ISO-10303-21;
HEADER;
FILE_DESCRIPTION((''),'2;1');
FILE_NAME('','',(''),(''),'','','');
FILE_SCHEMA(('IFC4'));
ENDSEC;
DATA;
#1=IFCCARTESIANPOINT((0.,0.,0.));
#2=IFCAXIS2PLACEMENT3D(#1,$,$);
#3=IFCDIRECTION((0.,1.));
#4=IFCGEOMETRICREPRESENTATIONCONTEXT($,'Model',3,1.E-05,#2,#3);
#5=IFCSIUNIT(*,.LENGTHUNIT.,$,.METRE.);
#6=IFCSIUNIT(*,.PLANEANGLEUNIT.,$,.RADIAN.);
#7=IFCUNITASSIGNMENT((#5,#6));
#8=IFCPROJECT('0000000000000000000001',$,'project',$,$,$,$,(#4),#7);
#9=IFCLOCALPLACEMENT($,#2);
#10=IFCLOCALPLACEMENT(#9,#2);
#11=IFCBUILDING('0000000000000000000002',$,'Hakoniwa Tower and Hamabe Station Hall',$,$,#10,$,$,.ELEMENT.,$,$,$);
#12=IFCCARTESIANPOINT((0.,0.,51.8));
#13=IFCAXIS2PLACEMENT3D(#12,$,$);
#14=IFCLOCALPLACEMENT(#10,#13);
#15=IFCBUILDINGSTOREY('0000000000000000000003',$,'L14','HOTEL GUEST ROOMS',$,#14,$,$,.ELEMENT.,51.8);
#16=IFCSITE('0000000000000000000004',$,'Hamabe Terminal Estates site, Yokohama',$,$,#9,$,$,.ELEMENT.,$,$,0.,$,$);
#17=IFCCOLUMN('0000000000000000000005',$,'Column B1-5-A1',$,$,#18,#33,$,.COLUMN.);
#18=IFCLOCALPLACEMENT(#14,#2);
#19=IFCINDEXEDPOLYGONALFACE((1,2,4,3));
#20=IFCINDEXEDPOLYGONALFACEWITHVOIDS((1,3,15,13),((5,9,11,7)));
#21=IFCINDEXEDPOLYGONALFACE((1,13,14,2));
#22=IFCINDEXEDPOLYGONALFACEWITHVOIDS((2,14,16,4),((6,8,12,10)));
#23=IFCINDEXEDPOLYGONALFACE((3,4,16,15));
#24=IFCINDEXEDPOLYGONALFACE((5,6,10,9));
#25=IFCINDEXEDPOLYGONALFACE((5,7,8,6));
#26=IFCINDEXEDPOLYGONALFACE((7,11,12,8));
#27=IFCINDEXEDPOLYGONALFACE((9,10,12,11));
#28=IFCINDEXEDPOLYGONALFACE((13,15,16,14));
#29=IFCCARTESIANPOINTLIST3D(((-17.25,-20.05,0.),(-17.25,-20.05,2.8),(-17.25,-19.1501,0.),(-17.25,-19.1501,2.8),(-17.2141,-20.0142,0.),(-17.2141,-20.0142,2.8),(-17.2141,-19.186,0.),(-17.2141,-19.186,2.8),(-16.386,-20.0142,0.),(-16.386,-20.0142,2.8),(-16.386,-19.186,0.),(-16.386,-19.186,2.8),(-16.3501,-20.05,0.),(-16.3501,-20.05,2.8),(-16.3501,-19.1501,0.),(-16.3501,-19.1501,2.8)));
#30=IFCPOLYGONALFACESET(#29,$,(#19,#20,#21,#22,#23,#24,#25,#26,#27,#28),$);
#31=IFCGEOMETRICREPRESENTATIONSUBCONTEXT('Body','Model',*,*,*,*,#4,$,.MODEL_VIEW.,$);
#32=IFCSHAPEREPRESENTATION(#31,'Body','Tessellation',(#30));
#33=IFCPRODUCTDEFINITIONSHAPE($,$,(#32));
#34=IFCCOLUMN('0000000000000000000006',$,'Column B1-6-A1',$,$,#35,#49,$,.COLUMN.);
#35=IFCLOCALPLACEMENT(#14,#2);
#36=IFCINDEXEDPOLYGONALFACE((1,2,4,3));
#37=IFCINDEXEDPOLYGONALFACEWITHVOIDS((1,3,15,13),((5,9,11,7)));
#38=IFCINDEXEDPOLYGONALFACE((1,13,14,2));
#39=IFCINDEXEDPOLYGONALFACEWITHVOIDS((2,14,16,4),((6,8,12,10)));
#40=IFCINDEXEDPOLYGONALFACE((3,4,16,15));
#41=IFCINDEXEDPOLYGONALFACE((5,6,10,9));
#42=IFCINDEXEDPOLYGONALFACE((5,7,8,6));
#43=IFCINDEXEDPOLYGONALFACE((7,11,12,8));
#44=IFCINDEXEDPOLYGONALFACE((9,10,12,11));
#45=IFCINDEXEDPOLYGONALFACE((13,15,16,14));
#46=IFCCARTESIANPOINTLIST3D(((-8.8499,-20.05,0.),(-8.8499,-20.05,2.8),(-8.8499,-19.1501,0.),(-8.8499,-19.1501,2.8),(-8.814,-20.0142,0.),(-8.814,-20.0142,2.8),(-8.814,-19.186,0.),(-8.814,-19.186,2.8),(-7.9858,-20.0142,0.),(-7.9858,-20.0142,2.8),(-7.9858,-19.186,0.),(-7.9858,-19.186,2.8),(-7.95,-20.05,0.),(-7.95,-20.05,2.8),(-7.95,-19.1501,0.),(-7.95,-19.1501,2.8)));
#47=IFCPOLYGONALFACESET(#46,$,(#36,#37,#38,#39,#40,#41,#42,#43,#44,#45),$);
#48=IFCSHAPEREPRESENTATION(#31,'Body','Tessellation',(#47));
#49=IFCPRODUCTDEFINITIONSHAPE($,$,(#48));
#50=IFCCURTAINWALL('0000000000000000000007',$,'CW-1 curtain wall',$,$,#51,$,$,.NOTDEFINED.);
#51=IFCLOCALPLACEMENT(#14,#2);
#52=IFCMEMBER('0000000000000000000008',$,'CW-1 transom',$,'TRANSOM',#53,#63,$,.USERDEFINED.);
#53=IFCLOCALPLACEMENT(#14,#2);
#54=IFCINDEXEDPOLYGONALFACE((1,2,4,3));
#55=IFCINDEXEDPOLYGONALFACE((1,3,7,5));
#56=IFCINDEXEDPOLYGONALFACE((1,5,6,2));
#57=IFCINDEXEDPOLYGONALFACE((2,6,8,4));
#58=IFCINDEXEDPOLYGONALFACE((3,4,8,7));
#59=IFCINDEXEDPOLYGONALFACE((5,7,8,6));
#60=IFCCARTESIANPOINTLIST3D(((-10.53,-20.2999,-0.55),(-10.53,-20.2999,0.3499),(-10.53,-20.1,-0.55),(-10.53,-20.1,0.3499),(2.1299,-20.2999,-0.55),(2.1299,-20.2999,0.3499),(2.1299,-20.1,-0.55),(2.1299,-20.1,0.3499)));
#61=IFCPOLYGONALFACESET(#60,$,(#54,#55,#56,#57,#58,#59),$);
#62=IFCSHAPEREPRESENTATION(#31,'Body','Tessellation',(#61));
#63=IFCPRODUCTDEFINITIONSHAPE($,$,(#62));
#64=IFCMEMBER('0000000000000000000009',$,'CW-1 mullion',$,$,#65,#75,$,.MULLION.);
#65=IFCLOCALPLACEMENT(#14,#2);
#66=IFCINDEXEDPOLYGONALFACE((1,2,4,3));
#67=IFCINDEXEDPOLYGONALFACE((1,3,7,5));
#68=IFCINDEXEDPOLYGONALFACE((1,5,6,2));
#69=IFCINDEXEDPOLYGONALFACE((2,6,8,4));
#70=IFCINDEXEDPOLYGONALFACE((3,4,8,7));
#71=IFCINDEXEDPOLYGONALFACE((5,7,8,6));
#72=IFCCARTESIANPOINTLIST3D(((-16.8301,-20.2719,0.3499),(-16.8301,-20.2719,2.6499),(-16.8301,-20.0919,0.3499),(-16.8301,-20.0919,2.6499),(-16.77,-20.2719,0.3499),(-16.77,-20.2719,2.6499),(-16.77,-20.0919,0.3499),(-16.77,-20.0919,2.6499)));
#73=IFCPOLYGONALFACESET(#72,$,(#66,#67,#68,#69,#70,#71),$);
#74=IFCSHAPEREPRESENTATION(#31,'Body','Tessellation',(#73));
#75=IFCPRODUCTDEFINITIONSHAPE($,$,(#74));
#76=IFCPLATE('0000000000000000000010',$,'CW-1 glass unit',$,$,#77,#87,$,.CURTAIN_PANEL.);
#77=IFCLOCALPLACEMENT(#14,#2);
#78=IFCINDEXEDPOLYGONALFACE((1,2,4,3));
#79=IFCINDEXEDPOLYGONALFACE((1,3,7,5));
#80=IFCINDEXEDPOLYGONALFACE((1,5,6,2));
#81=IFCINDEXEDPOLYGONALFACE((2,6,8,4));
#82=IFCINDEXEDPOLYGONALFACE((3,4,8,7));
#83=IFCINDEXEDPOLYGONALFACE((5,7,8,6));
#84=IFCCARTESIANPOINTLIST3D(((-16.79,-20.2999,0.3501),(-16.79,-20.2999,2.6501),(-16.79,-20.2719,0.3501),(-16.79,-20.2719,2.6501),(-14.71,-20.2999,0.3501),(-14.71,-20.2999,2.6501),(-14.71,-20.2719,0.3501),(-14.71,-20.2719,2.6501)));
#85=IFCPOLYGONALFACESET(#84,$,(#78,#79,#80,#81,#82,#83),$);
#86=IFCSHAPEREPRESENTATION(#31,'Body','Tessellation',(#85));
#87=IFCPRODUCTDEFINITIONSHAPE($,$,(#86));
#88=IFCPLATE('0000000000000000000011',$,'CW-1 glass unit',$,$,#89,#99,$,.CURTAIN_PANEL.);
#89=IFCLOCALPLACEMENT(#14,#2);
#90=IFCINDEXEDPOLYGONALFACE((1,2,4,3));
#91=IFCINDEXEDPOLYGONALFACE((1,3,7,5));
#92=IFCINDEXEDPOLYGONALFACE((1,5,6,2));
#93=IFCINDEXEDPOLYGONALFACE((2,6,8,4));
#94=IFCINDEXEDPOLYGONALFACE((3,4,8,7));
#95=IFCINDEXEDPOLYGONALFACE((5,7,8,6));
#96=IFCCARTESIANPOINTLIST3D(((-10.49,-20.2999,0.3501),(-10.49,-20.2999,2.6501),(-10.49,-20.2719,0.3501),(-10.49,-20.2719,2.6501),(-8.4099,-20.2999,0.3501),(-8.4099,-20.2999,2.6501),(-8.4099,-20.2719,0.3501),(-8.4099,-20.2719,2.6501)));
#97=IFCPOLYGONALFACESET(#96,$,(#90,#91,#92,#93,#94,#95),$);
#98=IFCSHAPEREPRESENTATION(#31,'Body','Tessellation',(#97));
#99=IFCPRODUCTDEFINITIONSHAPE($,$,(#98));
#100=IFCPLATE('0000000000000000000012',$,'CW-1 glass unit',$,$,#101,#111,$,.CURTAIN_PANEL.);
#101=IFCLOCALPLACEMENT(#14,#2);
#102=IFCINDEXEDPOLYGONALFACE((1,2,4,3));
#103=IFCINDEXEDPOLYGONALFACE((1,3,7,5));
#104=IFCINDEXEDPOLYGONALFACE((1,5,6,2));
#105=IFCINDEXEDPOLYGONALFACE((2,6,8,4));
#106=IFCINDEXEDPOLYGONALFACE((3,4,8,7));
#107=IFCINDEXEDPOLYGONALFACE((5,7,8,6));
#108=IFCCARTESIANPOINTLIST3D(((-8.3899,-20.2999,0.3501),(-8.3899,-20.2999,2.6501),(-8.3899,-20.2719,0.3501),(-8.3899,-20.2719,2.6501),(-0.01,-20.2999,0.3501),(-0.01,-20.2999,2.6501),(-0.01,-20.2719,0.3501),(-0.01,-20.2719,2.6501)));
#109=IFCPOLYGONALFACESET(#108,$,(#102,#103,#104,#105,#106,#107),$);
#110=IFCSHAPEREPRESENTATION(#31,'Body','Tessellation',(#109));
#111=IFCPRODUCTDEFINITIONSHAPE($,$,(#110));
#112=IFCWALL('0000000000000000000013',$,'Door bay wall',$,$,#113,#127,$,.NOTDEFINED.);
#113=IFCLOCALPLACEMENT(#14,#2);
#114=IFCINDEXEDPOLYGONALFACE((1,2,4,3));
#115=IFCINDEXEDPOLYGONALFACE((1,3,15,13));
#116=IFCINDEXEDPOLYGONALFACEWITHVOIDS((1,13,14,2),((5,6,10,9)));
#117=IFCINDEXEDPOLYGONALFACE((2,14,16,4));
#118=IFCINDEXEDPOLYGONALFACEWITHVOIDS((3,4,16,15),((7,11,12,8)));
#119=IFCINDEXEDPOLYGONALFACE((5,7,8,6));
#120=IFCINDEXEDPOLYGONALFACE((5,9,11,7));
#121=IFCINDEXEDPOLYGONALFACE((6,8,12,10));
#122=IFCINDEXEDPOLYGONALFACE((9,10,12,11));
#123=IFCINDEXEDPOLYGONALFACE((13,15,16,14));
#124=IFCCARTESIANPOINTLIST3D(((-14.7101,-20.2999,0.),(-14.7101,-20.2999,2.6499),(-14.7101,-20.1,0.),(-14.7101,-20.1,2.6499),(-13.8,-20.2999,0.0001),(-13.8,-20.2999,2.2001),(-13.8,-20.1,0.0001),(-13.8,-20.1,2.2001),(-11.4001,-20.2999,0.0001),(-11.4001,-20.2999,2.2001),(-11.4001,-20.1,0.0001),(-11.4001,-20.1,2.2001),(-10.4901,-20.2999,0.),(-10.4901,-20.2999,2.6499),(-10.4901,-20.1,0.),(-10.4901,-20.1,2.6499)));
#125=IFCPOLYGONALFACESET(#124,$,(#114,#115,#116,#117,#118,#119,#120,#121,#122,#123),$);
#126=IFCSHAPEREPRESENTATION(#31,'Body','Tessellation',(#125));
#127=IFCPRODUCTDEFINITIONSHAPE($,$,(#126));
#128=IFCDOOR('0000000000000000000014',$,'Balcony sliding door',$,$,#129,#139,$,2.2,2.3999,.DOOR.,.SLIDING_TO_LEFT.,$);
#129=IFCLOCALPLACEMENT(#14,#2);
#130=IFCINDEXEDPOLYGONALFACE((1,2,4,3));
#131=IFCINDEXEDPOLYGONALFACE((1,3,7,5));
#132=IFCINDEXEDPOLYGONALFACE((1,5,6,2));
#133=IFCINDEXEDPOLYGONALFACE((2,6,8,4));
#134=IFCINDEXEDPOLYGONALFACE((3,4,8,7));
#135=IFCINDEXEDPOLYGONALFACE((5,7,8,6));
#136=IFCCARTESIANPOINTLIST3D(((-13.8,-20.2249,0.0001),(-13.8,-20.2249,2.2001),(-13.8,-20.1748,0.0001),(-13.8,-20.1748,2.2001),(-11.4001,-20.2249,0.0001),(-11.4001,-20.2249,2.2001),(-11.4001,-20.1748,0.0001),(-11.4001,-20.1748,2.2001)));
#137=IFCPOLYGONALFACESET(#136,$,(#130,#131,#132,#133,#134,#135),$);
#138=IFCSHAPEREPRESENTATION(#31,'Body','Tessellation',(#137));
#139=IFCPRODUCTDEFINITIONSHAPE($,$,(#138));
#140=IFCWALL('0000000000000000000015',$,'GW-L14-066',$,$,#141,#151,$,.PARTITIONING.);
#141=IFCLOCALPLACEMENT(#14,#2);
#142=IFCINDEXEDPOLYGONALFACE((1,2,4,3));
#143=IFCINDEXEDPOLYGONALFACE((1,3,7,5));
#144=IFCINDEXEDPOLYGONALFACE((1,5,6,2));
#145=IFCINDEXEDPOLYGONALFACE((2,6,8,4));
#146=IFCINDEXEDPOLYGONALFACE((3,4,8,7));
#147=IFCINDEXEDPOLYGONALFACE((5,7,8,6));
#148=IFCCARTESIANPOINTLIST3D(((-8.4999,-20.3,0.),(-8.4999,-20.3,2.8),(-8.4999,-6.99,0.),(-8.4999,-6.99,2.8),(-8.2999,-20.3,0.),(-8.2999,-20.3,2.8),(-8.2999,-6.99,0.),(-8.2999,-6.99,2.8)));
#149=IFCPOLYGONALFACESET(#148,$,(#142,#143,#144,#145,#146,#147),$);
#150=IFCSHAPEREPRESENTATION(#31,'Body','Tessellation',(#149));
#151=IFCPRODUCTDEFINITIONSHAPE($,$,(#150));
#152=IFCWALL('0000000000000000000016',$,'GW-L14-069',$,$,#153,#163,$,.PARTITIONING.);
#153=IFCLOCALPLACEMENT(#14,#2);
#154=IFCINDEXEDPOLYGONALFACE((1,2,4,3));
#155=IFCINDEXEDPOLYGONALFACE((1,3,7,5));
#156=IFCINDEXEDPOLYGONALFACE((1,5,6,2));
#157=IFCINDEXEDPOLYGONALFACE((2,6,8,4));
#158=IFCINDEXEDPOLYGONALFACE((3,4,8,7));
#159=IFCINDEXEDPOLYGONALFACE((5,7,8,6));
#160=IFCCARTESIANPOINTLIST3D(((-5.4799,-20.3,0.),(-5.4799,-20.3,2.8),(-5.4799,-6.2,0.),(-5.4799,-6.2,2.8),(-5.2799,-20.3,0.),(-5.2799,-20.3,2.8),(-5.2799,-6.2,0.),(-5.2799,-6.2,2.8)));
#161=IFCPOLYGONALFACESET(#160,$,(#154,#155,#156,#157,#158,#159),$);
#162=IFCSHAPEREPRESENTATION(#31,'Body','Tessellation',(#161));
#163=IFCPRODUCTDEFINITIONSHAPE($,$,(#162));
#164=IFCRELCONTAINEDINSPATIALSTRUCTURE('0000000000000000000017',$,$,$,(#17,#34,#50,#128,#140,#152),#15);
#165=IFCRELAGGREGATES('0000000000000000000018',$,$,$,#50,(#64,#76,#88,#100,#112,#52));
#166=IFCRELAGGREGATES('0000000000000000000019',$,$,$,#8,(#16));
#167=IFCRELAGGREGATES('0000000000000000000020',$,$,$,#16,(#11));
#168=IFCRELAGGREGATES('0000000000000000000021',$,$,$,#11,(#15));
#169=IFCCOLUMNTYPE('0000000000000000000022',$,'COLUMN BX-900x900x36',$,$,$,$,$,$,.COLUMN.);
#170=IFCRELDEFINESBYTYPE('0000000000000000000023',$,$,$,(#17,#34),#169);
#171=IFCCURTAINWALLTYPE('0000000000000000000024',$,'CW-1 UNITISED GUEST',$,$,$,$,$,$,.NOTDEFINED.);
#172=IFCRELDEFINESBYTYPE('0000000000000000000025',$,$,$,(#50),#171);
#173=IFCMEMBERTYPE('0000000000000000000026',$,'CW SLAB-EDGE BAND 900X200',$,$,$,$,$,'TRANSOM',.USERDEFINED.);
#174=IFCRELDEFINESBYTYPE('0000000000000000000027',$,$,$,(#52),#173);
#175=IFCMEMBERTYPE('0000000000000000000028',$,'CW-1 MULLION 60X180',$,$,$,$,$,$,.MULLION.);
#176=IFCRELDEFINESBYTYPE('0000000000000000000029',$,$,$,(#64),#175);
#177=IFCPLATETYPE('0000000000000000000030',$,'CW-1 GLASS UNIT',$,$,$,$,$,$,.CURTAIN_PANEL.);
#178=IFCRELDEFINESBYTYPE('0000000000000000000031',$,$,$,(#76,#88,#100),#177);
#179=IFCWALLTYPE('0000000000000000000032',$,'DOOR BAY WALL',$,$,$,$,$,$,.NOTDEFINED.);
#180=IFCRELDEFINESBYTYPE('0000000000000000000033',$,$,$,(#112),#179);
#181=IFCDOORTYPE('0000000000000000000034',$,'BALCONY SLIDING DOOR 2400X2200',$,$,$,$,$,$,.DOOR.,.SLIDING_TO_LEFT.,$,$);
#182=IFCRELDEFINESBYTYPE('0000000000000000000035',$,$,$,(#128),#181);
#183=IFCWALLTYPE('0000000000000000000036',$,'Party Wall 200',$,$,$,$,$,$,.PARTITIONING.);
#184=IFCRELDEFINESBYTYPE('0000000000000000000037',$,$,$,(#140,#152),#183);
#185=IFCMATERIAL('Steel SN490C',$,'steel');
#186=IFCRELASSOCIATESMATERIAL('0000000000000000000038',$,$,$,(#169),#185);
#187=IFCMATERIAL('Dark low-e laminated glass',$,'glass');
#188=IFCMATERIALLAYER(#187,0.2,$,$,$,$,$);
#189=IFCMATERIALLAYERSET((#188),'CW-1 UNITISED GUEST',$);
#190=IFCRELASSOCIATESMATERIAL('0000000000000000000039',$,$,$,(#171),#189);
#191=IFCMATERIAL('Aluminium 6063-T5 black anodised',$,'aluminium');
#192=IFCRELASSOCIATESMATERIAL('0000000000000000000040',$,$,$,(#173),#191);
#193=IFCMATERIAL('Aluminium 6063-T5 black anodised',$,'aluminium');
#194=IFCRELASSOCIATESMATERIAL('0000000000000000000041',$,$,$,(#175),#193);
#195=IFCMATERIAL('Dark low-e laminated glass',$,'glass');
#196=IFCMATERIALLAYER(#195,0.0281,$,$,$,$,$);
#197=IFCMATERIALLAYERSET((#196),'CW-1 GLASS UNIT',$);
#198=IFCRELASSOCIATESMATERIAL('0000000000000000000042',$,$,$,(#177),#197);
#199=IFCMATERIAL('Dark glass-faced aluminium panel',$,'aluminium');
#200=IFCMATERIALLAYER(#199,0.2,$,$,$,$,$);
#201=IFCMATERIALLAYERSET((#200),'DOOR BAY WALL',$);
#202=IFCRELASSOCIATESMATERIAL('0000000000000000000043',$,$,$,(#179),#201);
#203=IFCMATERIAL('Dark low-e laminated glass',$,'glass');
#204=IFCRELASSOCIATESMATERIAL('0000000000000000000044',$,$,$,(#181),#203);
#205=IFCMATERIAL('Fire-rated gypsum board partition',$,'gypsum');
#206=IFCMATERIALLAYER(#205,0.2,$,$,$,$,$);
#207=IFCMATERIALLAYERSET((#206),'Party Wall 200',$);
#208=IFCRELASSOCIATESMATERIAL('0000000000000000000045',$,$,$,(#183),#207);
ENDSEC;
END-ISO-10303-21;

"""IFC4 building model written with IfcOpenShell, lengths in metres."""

from ifc_helpers import new_model, si_unit, direction, frame, frame_2d, origin, origin_2d, place, context, subcontext, project, spatial, rectangle, hollow_rectangle, extrude, material, layer, layer_set, material_profile, profile_set, type_object, element, fill, aggregate, save


model = new_model("IFC4")

# Units and contexts
model_context = context("Model", 3, precision=1e-05, world=origin(), true_north=direction((0.0, 1.0)))
body_context = subcontext(model_context, "Body", "Model", "MODEL_VIEW")
ifc_project = project(units=[si_unit("LENGTHUNIT", "METRE"), si_unit("PLANEANGLEUNIT", "RADIAN")], contexts=[model_context])

# Site, building, storey
site_placement = place(None, origin())
site = spatial("IfcSite", under=ifc_project, at=site_placement, Name="Hamabe Terminal Estates site, Yokohama", CompositionType="ELEMENT", RefElevation=0.0)
building_placement = place(site_placement, origin())
building = spatial("IfcBuilding", under=site, at=building_placement, Name="Hakoniwa Tower and Hamabe Station Hall", CompositionType="ELEMENT")
storey_placement = place(building_placement, frame((0.0, 0.0, 51.8)))
storey = spatial("IfcBuildingStorey", under=building, at=storey_placement, Name="L14", Description="HOTEL GUEST ROOMS", CompositionType="ELEMENT", Elevation=51.8)

# Columns
ifc_material_1 = material(Name="Steel SN490C", Category="steel")
ifc_material_profile_1 = material_profile(ifc_material_1, hollow_rectangle(XDim=0.8999, YDim=0.8999, WallThickness=0.0359, at=origin_2d()), Name="BX-900x900x36")
ifc_profile_set_1 = profile_set([ifc_material_profile_1], Name="Steel SN490C")
column_type = type_object("IfcColumnType", Name="COLUMN BX-900x900x36", PredefinedType="COLUMN", material=ifc_profile_set_1)
for number, where, z_axis, x_axis, name in (
    (1, (-16.8, -19.6001, 0.0), (0.0, 0.0, 1.0), (1.0, 0.0, 0.0), "Column B1-5-A1"),
    (2, (-8.3999, -19.6001, 0.0), (0.0, 0.0, 1.0), (1.0, 0.0, 0.0), "Column B1-6-A1"),
):
    element("IfcColumn", number, at=place(storey_placement, frame(where, z_axis=z_axis, x_axis=x_axis)), inside=storey, type_object=column_type, Name=name, PredefinedType="COLUMN", context=body_context, shape_type="SweptSolid", body=[
        extrude(hollow_rectangle(XDim=0.8999, YDim=0.8999, WallThickness=0.0359, at=origin_2d()), origin(), (0.0, 0.0, 1.0), 2.8),
    ])

# Curtain wall, members, plates, wall, opening, door
ifc_material_2 = material(Name="Dark low-e laminated glass", Category="glass")
ifc_layer_1 = layer(ifc_material_2, 0.2)
ifc_layer_set_1 = layer_set([ifc_layer_1], Name="CW-1 UNITISED GUEST")
curtain_wall_type = type_object("IfcCurtainWallType", Name="CW-1 UNITISED GUEST", PredefinedType="NOTDEFINED", material=ifc_layer_set_1)
curtain_wall_placement = place(storey_placement, origin())
curtain_wall = element("IfcCurtainWall", 3, at=curtain_wall_placement, inside=storey, type_object=curtain_wall_type, Name="CW-1 curtain wall", PredefinedType="NOTDEFINED")
ifc_material_3 = material(Name="Aluminium 6063-T5 black anodised", Category="aluminium")
ifc_material_profile_2 = material_profile(ifc_material_3, rectangle(XDim=0.2, YDim=0.8999, at=origin_2d()), Name="CW SLAB-EDGE BAND 900X200")
ifc_profile_set_2 = profile_set([ifc_material_profile_2], Name="Aluminium 6063-T5 black anodised")
member_type_1 = type_object("IfcMemberType", Name="CW SLAB-EDGE BAND 900X200", ElementType="TRANSOM", PredefinedType="USERDEFINED", material=ifc_profile_set_2)
member_1_placement = place(storey_placement, frame((-10.53, -20.2, -0.1001), z_axis=(1.0, 0.0, 0.0), x_axis=(0.0, 1.0, 0.0)))
member_1 = element("IfcMember", 4, at=member_1_placement, type_object=member_type_1, Name="CW-1 transom", ObjectType="TRANSOM", PredefinedType="USERDEFINED", context=body_context, shape_type="SweptSolid", body=[
    extrude(rectangle(XDim=0.2, YDim=0.8999, at=origin_2d()), origin(), (0.0, 0.0, 1.0), 12.6599),
])
ifc_material_4 = material(Name="Aluminium 6063-T5 black anodised", Category="aluminium")
ifc_material_profile_3 = material_profile(ifc_material_4, rectangle(XDim=0.0601, YDim=0.1799, at=origin_2d()), Name="CW-1 MULLION 60X180")
ifc_profile_set_3 = profile_set([ifc_material_profile_3], Name="Aluminium 6063-T5 black anodised")
member_type_2 = type_object("IfcMemberType", Name="CW-1 MULLION 60X180", PredefinedType="MULLION", material=ifc_profile_set_3)
member_2_placement = place(storey_placement, frame((-16.8, -20.1819, 0.3499), z_axis=(0.0, 0.0, 1.0), x_axis=(1.0, 0.0, 0.0)))
member_2 = element("IfcMember", 5, at=member_2_placement, type_object=member_type_2, Name="CW-1 mullion", PredefinedType="MULLION", context=body_context, shape_type="SweptSolid", body=[
    extrude(rectangle(XDim=0.0601, YDim=0.1799, at=origin_2d()), origin(), (0.0, 0.0, 1.0), 2.3),
])
ifc_material_5 = material(Name="Dark low-e laminated glass", Category="glass")
ifc_layer_2 = layer(ifc_material_5, 0.0281)
ifc_layer_set_2 = layer_set([ifc_layer_2], Name="CW-1 GLASS UNIT")
plate_type = type_object("IfcPlateType", Name="CW-1 GLASS UNIT", PredefinedType="CURTAIN_PANEL", material=ifc_layer_set_2)
plate_1_placement = place(storey_placement, frame((-15.75, -20.2859, 0.3501), z_axis=(0.0, 0.0, 1.0), x_axis=(1.0, 0.0, 0.0)))
plate_1 = element("IfcPlate", 6, at=plate_1_placement, type_object=plate_type, Name="CW-1 glass unit", PredefinedType="CURTAIN_PANEL", context=body_context, shape_type="SweptSolid", body=[
    extrude(rectangle(XDim=2.0801, YDim=0.0281, at=origin_2d()), origin(), (0.0, 0.0, 1.0), 2.3),
])
plate_2_placement = place(storey_placement, frame((-9.45, -20.2859, 0.3501), z_axis=(0.0, 0.0, 1.0), x_axis=(1.0, 0.0, 0.0)))
plate_2 = element("IfcPlate", 7, at=plate_2_placement, type_object=plate_type, Name="CW-1 glass unit", PredefinedType="CURTAIN_PANEL", context=body_context, shape_type="SweptSolid", body=[
    extrude(rectangle(XDim=2.0801, YDim=0.0281, at=origin_2d()), origin(), (0.0, 0.0, 1.0), 2.3),
])
plate_3_placement = place(storey_placement, frame((-4.2, -20.2859, 0.3501), z_axis=(0.0, 0.0, 1.0), x_axis=(1.0, 0.0, 0.0)))
plate_3 = element("IfcPlate", 8, at=plate_3_placement, type_object=plate_type, Name="CW-1 glass unit", PredefinedType="CURTAIN_PANEL", context=body_context, shape_type="SweptSolid", body=[
    extrude(rectangle(XDim=8.3799, YDim=0.0281, at=origin_2d()), origin(), (0.0, 0.0, 1.0), 2.3),
])
ifc_material_6 = material(Name="Dark glass-faced aluminium panel", Category="aluminium")
ifc_layer_3 = layer(ifc_material_6, 0.2)
ifc_layer_set_3 = layer_set([ifc_layer_3], Name="DOOR BAY WALL")
wall_type_1 = type_object("IfcWallType", Name="DOOR BAY WALL", PredefinedType="NOTDEFINED", material=ifc_layer_set_3)
wall_1_placement = place(storey_placement, frame((-14.71, -20.2, 0.0), z_axis=(0.0, 0.0, 1.0), x_axis=(1.0, 0.0, 0.0)))
wall_1 = element("IfcWall", 9, at=wall_1_placement, type_object=wall_type_1, Name="Door bay wall", PredefinedType="NOTDEFINED", context=body_context, shape_type="SweptSolid", body=[
    extrude(rectangle(XDim=4.22, YDim=0.2, at=frame_2d((2.1099, 0.0))), origin(), (0.0, 0.0, 1.0), 2.6499),
])
opening_placement = place(wall_1_placement, frame((0.9099, 0.0, 0.0)))
opening = element("IfcOpeningElement", 10, at=opening_placement, cuts=wall_1, PredefinedType="OPENING", context=body_context, shape_type="SweptSolid", body=[
    extrude(rectangle(XDim=2.3999, YDim=2.2, at=frame_2d((1.2, 1.1001))), frame((0.0, 0.1099, 0.0), z_axis=(0.0, -1.0, 0.0), x_axis=(1.0, 0.0, 0.0)), (0.0, 0.0, 1.0), 0.22),
])
ifc_material_7 = material(Name="Dark low-e laminated glass", Category="glass")
door_type = type_object("IfcDoorType", Name="BALCONY SLIDING DOOR 2400X2200", OperationType="SLIDING_TO_LEFT", PredefinedType="DOOR", material=ifc_material_7)
door_placement = place(opening_placement, frame((2.3999, 0.0, 0.0), z_axis=(0.0, 0.0, 1.0), x_axis=(-1.0, 0.0, 0.0)))
door = element("IfcDoor", 11, at=door_placement, inside=storey, type_object=door_type, Name="Balcony sliding door", OperationType="SLIDING_TO_LEFT", OverallHeight=2.2, OverallWidth=2.3999, PredefinedType="DOOR", context=body_context, shape_type="SweptSolid", body=[
    extrude(rectangle(XDim=2.3999, YDim=2.2, at=frame_2d((1.2, 1.1001))), frame((0.0, 0.0249, 0.0), z_axis=(0.0, -1.0, 0.0), x_axis=(1.0, 0.0, 0.0)), (0.0, 0.0, 1.0), 0.05),
])
fill(opening, door)
aggregate(curtain_wall, [member_2, plate_1, plate_2, plate_3, wall_1, member_1])

# Walls
ifc_material_8 = material(Name="Fire-rated gypsum board partition", Category="gypsum")
ifc_layer_4 = layer(ifc_material_8, 0.2)
ifc_layer_set_4 = layer_set([ifc_layer_4], Name="Party Wall 200")
wall_type_2 = type_object("IfcWallType", Name="Party Wall 200", PredefinedType="PARTITIONING", material=ifc_layer_set_4)
wall_2_placement = place(storey_placement, frame((-8.3999, -20.3, 0.0), z_axis=(0.0, 0.0, 1.0), x_axis=(0.0, 1.0, 0.0)))
element("IfcWall", 12, at=wall_2_placement, inside=storey, type_object=wall_type_2, Name="GW-L14-066", PredefinedType="PARTITIONING", context=body_context, shape_type="SweptSolid", body=[
    extrude(rectangle(XDim=13.3101, YDim=0.2, at=frame_2d((6.655, 0.0))), origin(), (0.0, 0.0, 1.0), 2.8),
])
wall_3_placement = place(storey_placement, frame((-5.3799, -20.3, 0.0), z_axis=(0.0, 0.0, 1.0), x_axis=(0.0, 1.0, 0.0)))
element("IfcWall", 13, at=wall_3_placement, inside=storey, type_object=wall_type_2, Name="GW-L14-069", PredefinedType="PARTITIONING", context=body_context, shape_type="SweptSolid", body=[
    extrude(rectangle(XDim=14.1001, YDim=0.2, at=frame_2d((7.05, 0.0))), origin(), (0.0, 0.0, 1.0), 2.8),
])

save(model, "model.ifc")
